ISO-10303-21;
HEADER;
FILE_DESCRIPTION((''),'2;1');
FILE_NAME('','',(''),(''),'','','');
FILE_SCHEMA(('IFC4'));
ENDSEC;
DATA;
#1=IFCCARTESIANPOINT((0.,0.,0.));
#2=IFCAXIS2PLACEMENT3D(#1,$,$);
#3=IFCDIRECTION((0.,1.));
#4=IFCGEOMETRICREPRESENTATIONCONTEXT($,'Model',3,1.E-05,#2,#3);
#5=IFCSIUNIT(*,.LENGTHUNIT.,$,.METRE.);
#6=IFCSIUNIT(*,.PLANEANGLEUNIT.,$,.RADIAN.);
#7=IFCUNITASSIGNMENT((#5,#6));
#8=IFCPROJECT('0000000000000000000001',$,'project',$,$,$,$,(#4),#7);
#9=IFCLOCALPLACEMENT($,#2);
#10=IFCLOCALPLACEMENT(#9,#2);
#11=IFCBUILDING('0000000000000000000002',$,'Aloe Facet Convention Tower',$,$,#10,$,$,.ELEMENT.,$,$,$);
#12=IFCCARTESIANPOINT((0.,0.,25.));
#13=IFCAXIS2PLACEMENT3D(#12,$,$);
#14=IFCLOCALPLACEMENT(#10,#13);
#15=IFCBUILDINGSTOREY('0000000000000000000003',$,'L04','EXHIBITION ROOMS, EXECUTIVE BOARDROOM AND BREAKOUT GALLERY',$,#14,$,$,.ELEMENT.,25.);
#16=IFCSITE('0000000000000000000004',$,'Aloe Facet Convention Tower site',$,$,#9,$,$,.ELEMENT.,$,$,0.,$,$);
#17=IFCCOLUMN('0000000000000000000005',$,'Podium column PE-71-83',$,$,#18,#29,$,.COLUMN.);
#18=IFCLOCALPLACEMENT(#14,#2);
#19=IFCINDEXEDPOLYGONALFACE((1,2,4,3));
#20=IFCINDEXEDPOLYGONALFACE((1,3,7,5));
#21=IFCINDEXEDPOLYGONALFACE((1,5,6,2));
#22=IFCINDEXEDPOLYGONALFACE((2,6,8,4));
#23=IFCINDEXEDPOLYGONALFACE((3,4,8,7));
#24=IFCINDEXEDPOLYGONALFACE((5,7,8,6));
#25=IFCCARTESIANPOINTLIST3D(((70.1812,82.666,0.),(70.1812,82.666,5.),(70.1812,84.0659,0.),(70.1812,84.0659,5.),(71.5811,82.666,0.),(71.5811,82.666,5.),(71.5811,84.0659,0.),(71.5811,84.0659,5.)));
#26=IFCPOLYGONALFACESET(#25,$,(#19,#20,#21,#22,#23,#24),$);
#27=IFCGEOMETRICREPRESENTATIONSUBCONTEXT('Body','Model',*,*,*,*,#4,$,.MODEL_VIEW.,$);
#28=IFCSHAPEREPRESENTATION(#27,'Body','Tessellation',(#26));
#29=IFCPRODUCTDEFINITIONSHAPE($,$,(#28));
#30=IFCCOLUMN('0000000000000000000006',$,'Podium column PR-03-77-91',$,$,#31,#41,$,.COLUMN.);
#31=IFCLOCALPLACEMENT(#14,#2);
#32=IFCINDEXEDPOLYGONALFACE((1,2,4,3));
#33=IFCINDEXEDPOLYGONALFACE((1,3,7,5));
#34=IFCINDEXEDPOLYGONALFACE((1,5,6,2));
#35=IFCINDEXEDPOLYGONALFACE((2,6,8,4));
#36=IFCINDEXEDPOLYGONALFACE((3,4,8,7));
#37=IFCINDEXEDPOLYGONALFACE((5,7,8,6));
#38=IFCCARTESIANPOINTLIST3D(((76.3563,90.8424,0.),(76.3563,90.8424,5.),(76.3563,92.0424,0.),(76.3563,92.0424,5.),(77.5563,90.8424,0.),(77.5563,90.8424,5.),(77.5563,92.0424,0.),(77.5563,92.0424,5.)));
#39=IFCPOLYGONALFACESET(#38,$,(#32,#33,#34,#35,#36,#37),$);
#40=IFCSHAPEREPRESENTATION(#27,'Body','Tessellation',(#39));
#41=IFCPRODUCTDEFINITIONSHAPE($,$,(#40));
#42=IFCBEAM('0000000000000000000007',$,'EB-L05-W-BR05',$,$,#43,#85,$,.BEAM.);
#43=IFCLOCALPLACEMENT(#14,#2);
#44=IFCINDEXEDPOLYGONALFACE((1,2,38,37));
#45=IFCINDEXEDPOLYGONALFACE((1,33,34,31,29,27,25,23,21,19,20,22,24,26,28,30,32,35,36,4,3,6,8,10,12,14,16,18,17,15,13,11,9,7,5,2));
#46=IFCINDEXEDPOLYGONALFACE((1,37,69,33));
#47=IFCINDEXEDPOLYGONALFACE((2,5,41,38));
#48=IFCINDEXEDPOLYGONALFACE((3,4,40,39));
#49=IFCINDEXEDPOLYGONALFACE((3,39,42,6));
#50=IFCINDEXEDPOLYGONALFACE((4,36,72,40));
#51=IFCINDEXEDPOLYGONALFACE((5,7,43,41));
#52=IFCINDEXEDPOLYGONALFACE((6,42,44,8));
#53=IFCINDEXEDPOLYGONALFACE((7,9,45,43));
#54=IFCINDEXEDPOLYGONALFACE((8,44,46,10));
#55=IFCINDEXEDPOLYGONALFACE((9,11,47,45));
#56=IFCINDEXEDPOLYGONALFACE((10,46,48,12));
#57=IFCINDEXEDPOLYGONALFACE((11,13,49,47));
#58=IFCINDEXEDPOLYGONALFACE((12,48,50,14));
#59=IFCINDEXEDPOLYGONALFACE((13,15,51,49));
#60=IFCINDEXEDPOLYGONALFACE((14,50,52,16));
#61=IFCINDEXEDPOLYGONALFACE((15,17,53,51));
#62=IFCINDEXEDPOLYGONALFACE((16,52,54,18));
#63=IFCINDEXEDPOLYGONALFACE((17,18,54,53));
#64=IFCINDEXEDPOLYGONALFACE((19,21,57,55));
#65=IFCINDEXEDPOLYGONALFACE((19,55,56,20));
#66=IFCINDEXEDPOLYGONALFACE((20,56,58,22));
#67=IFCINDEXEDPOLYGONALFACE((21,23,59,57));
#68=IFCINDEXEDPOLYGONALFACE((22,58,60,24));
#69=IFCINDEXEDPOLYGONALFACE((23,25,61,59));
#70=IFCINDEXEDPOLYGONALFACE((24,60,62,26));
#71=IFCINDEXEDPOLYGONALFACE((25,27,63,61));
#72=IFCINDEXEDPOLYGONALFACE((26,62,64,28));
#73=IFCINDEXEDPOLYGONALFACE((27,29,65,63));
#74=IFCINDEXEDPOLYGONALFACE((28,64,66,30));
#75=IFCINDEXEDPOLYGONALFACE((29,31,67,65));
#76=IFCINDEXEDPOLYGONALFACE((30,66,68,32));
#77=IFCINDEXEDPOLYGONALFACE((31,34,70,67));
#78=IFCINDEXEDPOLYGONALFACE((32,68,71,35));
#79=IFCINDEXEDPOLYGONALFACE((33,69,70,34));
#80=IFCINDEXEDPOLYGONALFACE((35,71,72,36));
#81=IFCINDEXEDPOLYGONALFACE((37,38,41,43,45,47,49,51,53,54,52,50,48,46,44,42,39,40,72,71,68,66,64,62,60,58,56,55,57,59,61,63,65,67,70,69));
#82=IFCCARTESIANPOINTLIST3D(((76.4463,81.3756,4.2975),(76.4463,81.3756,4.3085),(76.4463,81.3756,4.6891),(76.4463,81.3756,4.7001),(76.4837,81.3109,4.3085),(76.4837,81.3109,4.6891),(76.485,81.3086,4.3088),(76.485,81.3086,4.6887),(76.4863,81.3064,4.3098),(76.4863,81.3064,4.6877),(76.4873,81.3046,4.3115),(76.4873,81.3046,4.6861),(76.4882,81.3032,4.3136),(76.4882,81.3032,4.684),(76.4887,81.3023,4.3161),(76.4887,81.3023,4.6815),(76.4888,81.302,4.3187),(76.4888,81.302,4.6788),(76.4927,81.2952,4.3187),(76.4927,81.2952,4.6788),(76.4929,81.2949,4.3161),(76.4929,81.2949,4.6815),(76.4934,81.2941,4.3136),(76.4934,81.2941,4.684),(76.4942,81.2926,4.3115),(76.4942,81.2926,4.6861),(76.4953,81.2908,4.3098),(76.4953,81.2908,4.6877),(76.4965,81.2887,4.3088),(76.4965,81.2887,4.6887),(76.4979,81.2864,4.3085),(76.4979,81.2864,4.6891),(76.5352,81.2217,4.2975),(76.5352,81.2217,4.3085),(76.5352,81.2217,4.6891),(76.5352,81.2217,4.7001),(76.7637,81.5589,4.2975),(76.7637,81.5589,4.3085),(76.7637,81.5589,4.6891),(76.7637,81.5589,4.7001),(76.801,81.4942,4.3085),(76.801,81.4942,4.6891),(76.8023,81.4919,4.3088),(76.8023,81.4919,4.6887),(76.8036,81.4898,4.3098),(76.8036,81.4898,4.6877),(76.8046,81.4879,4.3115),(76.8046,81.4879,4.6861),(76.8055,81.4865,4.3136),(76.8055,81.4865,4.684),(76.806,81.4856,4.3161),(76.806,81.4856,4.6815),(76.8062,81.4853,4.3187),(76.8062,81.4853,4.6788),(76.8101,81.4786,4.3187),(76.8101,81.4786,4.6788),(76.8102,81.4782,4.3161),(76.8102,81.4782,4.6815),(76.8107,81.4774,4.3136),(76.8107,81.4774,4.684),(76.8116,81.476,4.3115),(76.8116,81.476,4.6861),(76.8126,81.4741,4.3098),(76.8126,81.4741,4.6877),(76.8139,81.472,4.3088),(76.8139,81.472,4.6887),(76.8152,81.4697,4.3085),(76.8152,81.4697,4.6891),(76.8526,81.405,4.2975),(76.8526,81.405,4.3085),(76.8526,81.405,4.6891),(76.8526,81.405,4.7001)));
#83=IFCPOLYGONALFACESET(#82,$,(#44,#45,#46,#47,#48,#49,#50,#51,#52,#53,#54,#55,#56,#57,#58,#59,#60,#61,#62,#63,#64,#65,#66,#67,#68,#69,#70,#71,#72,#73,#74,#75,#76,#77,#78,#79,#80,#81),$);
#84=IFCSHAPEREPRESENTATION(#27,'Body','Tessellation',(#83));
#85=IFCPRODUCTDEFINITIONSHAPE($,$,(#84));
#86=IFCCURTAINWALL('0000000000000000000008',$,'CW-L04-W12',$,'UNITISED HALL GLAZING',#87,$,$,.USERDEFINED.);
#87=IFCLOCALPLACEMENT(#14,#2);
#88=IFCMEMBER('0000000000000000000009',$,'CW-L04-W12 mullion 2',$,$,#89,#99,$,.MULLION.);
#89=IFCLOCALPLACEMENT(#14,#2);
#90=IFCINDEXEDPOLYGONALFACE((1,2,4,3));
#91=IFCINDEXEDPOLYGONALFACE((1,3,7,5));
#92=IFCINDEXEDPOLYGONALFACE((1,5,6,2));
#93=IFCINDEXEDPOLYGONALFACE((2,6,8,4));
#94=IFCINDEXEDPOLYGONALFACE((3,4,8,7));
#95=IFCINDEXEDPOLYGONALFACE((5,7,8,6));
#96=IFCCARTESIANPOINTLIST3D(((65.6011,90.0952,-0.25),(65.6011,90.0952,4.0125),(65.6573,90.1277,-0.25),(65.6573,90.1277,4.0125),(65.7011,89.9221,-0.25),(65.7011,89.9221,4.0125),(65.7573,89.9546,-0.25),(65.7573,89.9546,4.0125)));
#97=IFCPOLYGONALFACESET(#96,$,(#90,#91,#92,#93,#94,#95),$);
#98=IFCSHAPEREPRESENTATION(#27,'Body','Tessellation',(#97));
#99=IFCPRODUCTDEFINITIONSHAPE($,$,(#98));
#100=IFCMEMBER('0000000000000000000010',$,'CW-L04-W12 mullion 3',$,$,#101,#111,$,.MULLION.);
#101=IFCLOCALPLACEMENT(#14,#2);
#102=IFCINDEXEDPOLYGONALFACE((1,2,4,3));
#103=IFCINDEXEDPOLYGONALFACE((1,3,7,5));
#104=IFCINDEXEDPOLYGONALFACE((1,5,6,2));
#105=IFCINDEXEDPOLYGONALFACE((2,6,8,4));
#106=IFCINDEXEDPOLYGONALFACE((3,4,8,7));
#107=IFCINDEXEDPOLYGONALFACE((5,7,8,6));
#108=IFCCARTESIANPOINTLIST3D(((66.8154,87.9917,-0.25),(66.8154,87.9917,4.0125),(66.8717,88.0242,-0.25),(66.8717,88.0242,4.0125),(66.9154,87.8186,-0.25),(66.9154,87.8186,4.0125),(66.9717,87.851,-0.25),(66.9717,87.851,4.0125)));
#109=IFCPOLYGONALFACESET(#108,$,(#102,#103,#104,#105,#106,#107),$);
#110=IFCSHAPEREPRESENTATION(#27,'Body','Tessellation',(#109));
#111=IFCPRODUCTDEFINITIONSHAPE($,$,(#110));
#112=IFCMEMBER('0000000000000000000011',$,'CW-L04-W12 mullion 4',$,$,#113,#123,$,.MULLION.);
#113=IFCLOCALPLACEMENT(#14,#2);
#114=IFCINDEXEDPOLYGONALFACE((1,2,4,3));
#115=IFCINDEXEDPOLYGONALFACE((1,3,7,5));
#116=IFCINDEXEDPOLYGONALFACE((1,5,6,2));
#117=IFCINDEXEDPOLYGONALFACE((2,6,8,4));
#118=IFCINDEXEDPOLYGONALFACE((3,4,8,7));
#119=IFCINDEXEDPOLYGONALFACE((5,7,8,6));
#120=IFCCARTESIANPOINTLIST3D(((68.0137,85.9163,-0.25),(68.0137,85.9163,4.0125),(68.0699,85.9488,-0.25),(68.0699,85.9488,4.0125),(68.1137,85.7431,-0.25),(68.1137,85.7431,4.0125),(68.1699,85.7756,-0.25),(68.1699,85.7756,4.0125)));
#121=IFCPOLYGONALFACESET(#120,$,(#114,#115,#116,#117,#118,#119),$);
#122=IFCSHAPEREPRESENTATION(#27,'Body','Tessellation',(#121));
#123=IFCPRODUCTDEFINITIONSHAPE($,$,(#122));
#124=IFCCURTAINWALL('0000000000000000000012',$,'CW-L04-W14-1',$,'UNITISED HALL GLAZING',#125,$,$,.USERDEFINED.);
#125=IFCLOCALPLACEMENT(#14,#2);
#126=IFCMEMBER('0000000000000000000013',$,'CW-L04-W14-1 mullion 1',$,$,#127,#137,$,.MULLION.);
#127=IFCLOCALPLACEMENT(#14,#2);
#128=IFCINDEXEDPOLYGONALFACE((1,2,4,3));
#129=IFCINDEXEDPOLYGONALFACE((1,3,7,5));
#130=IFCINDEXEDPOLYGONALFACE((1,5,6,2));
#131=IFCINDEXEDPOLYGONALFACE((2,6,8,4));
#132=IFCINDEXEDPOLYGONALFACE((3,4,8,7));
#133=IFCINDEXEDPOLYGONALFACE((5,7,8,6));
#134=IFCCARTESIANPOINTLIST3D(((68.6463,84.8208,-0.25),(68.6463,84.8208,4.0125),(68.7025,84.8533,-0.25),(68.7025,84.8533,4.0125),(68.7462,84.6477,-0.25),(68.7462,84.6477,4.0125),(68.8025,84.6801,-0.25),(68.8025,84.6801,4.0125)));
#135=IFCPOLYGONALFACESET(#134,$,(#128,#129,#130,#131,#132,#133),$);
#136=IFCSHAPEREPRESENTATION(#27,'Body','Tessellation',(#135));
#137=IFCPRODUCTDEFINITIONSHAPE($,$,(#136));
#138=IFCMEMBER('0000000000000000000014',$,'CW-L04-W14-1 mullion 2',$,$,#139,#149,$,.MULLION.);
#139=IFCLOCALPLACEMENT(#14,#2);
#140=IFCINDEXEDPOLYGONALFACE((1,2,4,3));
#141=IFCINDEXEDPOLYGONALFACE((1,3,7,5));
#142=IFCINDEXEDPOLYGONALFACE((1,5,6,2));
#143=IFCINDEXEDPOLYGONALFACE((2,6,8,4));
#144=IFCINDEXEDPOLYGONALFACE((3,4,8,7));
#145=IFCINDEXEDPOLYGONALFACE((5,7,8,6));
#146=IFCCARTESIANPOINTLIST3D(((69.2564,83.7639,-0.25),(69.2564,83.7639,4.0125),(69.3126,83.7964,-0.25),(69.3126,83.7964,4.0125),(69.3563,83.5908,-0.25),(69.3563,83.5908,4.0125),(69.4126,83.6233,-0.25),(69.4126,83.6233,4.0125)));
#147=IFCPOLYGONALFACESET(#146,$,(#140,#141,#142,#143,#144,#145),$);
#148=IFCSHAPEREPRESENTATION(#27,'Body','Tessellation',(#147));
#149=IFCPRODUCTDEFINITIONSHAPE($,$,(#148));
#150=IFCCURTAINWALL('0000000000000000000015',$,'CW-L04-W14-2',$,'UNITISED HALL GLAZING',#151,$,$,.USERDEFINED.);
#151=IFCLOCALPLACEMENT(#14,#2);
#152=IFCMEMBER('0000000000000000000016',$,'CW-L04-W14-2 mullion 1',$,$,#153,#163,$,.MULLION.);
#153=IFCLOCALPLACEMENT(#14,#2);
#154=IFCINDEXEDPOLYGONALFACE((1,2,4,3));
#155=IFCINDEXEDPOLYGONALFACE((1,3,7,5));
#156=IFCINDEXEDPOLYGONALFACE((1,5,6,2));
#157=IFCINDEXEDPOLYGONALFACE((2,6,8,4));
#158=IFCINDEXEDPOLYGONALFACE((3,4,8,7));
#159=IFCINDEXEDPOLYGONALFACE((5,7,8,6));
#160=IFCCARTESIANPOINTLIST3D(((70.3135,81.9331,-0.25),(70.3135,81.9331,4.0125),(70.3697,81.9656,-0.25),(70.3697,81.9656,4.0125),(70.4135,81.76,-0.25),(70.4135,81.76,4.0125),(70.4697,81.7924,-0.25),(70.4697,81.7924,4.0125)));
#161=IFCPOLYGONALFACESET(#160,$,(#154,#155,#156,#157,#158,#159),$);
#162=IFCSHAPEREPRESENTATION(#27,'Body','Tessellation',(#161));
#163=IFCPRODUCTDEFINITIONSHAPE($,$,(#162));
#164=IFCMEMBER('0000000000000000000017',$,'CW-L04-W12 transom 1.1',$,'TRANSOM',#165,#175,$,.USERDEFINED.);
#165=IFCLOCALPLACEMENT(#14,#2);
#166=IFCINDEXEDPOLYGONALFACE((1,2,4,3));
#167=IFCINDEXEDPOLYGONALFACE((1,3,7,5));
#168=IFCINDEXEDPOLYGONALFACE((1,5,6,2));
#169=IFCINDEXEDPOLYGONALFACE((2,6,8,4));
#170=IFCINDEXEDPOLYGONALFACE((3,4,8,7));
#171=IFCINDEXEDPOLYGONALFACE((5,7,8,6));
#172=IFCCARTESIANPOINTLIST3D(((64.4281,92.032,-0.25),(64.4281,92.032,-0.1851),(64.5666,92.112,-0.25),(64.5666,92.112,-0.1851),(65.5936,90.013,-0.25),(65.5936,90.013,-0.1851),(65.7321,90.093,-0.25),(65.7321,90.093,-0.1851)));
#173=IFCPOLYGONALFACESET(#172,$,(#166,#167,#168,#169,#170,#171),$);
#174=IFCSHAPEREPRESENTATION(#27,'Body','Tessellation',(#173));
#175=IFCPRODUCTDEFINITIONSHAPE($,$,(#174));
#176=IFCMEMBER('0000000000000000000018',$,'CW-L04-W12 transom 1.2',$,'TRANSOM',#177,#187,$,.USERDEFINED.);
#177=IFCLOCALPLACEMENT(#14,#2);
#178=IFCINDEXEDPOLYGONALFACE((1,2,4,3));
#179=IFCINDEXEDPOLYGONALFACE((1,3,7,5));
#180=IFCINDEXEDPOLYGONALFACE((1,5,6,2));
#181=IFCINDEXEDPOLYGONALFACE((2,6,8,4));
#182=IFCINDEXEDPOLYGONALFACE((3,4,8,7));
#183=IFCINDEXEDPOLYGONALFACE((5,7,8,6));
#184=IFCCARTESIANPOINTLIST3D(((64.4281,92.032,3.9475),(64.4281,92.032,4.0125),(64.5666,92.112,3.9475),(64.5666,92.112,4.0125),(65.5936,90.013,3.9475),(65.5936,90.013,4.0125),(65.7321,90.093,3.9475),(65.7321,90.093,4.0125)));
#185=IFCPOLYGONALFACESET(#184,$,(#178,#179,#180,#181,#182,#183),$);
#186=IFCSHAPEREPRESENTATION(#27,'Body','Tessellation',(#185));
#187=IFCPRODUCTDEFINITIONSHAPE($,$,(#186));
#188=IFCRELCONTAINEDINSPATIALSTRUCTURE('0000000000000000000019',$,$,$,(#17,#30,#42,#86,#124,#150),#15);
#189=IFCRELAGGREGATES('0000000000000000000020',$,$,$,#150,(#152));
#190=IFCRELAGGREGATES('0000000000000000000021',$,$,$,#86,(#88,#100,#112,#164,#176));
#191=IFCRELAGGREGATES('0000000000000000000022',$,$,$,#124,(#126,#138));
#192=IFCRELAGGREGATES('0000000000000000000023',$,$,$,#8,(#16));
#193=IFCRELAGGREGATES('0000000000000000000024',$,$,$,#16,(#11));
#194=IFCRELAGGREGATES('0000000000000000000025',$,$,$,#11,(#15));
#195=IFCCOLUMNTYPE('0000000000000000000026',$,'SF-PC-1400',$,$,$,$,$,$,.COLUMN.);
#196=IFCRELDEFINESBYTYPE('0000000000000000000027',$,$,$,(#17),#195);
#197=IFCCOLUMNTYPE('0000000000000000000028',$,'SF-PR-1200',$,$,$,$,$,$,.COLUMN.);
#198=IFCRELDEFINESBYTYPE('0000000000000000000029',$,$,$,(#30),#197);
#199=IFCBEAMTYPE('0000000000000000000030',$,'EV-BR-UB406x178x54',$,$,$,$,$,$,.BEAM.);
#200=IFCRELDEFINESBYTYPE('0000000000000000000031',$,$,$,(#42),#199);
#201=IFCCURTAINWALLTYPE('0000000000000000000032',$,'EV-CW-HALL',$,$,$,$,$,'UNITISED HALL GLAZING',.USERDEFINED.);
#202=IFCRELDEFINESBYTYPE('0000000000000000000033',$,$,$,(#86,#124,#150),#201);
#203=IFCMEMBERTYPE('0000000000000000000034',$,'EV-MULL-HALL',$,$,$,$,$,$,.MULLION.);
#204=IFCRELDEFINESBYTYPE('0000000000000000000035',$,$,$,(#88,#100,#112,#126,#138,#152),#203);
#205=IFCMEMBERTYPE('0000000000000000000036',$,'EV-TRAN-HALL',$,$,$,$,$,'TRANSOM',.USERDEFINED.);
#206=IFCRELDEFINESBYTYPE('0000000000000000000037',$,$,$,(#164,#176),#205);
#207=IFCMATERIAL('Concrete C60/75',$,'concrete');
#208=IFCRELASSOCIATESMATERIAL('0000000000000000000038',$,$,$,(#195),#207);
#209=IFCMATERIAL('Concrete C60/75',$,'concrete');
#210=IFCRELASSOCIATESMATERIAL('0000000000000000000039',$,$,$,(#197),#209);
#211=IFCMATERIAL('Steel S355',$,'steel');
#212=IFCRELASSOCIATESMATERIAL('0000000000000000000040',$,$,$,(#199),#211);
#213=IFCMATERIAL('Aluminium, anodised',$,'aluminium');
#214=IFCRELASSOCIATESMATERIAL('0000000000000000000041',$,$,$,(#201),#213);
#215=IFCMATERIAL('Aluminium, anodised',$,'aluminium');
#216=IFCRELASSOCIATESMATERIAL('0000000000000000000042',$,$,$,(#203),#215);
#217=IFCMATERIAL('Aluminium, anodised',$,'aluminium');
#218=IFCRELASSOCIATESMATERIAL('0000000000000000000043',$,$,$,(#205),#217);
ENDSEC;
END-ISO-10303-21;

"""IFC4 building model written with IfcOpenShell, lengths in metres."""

from ifc_helpers import new_model, si_unit, direction, frame, origin, origin_2d, place, context, subcontext, project, spatial, rectangle, i_section, extrude, material, material_profile, profile_set, type_object, element, aggregate, save


model = new_model("IFC4")

# Units and contexts
model_context = context("Model", 3, precision=1e-05, world=origin(), true_north=direction((0.0, 1.0)))
body_context = subcontext(model_context, "Body", "Model", "MODEL_VIEW")
ifc_project = project(units=[si_unit("LENGTHUNIT", "METRE"), si_unit("PLANEANGLEUNIT", "RADIAN")], contexts=[model_context])

# Site, building, storey
site_placement = place(None, origin())
site = spatial("IfcSite", under=ifc_project, at=site_placement, Name="Aloe Facet Convention Tower site", CompositionType="ELEMENT", RefElevation=0.0)
building_placement = place(site_placement, origin())
building = spatial("IfcBuilding", under=site, at=building_placement, Name="Aloe Facet Convention Tower", CompositionType="ELEMENT")
storey_placement = place(building_placement, frame((0.0, 0.0, 25.0)))
storey = spatial("IfcBuildingStorey", under=building, at=storey_placement, Name="L04", Description="EXHIBITION ROOMS, EXECUTIVE BOARDROOM AND BREAKOUT GALLERY", CompositionType="ELEMENT", Elevation=25.0)

# Columns
ifc_material_1 = material(Name="Concrete C60/75", Category="concrete")
ifc_material_profile_1 = material_profile(ifc_material_1, rectangle(XDim=1.3999, YDim=1.3999, at=origin_2d()), Name="SF-PC-1400")
ifc_profile_set_1 = profile_set([ifc_material_profile_1], Name="Concrete C60/75")
column_type_1 = type_object("IfcColumnType", Name="SF-PC-1400", PredefinedType="COLUMN", material=ifc_profile_set_1)
column_1_placement = place(storey_placement, frame((70.8811, 83.366, 0.0), z_axis=(0.0, 0.0, 1.0), x_axis=(1.0, 0.0, 0.0)))
element("IfcColumn", 1, at=column_1_placement, inside=storey, type_object=column_type_1, Name="Podium column PE-71-83", PredefinedType="COLUMN", context=body_context, shape_type="SweptSolid", body=[
    extrude(rectangle(XDim=1.3999, YDim=1.3999, at=origin_2d()), origin(), (0.0, 0.0, 1.0), 5.0),
])
ifc_material_2 = material(Name="Concrete C60/75", Category="concrete")
ifc_material_profile_2 = material_profile(ifc_material_2, rectangle(XDim=1.2, YDim=1.2, at=origin_2d()), Name="SF-PR-1200")
ifc_profile_set_2 = profile_set([ifc_material_profile_2], Name="Concrete C60/75")
column_type_2 = type_object("IfcColumnType", Name="SF-PR-1200", PredefinedType="COLUMN", material=ifc_profile_set_2)
column_2_placement = place(storey_placement, frame((76.9563, 91.4424, 0.0), z_axis=(0.0, 0.0, 1.0), x_axis=(1.0, 0.0, 0.0)))
element("IfcColumn", 2, at=column_2_placement, inside=storey, type_object=column_type_2, Name="Podium column PR-03-77-91", PredefinedType="COLUMN", context=body_context, shape_type="SweptSolid", body=[
    extrude(rectangle(XDim=1.2, YDim=1.2, at=origin_2d()), origin(), (0.0, 0.0, 1.0), 5.0),
])

# Beam
ifc_material_3 = material(Name="Steel S355", Category="steel")
ifc_material_profile_3 = material_profile(ifc_material_3, i_section(OverallWidth=0.1777, OverallDepth=0.4026, WebThickness=0.0078, FlangeThickness=0.011, FilletRadius=0.0103, at=origin_2d()), Name="UB 406x178x54")
ifc_profile_set_3 = profile_set([ifc_material_profile_3], Name="Steel S355")
beam_type_1 = type_object("IfcBeamType", Name="EV-BR-UB406x178x54", PredefinedType="BEAM", material=ifc_profile_set_3)
beam_1_placement = place(storey_placement, frame((76.8081, 81.4819, 4.4988), z_axis=(-0.865897, -0.500222, 0.0), x_axis=(0.500222, -0.865897, 0.0)))
element("IfcBeam", 3, at=beam_1_placement, inside=storey, type_object=beam_type_1, Name="EB-L05-W-BR05", PredefinedType="BEAM", context=body_context, shape_type="SweptSolid", body=[
    extrude(i_section(OverallWidth=0.1777, OverallDepth=0.4026, WebThickness=0.0078, FlangeThickness=0.011, FilletRadius=0.0103, at=origin_2d()), origin(), (0.0, 0.0, 1.0), 0.3665),
])

# Curtain walls, members
ifc_material_4 = material(Name="Aluminium, anodised", Category="aluminium")
curtain_wall_type = type_object("IfcCurtainWallType", Name="EV-CW-HALL", ElementType="UNITISED HALL GLAZING", PredefinedType="USERDEFINED", material=ifc_material_4)
curtain_wall_1_placement = place(storey_placement, origin())
curtain_wall_1 = element("IfcCurtainWall", 4, at=curtain_wall_1_placement, inside=storey, type_object=curtain_wall_type, Name="CW-L04-W12", ObjectType="UNITISED HALL GLAZING", PredefinedType="USERDEFINED")
ifc_material_5 = material(Name="Aluminium, anodised", Category="aluminium")
ifc_material_profile_4 = material_profile(ifc_material_5, rectangle(XDim=0.0649, YDim=0.2, at=origin_2d()), Name="AL 65x200")
ifc_profile_set_4 = profile_set([ifc_material_profile_4], Name="Aluminium, anodised")
member_type_1 = type_object("IfcMemberType", Name="EV-MULL-HALL", PredefinedType="MULLION", material=ifc_profile_set_4)
member_1_placement = place(storey_placement, frame((65.6792, 90.0249, -0.25), z_axis=(0.0, 0.0, 1.0), x_axis=(0.866025, 0.5, 0.0)))
member_1 = element("IfcMember", 5, at=member_1_placement, type_object=member_type_1, Name="CW-L04-W12 mullion 2", PredefinedType="MULLION", context=body_context, shape_type="SweptSolid", body=[
    extrude(rectangle(XDim=0.0649, YDim=0.2, at=origin_2d()), origin(), (0.0, 0.0, 1.0), 4.2625),
])
member_2_placement = place(storey_placement, frame((66.8936, 87.9214, -0.25), z_axis=(0.0, 0.0, 1.0), x_axis=(0.866025, 0.5, 0.0)))
member_2 = element("IfcMember", 6, at=member_2_placement, type_object=member_type_1, Name="CW-L04-W12 mullion 3", PredefinedType="MULLION", context=body_context, shape_type="SweptSolid", body=[
    extrude(rectangle(XDim=0.0649, YDim=0.2, at=origin_2d()), origin(), (0.0, 0.0, 1.0), 4.2625),
])
member_3_placement = place(storey_placement, frame((68.0918, 85.8459, -0.25), z_axis=(0.0, 0.0, 1.0), x_axis=(0.866025, 0.5, 0.0)))
member_3 = element("IfcMember", 7, at=member_3_placement, type_object=member_type_1, Name="CW-L04-W12 mullion 4", PredefinedType="MULLION", context=body_context, shape_type="SweptSolid", body=[
    extrude(rectangle(XDim=0.0649, YDim=0.2, at=origin_2d()), origin(), (0.0, 0.0, 1.0), 4.2625),
])
curtain_wall_2_placement = place(storey_placement, origin())
curtain_wall_2 = element("IfcCurtainWall", 8, at=curtain_wall_2_placement, inside=storey, type_object=curtain_wall_type, Name="CW-L04-W14-1", ObjectType="UNITISED HALL GLAZING", PredefinedType="USERDEFINED")
member_4_placement = place(storey_placement, frame((68.7244, 84.7505, -0.25), z_axis=(0.0, 0.0, 1.0), x_axis=(0.866025, 0.5, 0.0)))
member_4 = element("IfcMember", 9, at=member_4_placement, type_object=member_type_1, Name="CW-L04-W14-1 mullion 1", PredefinedType="MULLION", context=body_context, shape_type="SweptSolid", body=[
    extrude(rectangle(XDim=0.0649, YDim=0.2, at=origin_2d()), origin(), (0.0, 0.0, 1.0), 4.2625),
])
member_5_placement = place(storey_placement, frame((69.3345, 83.6936, -0.25), z_axis=(0.0, 0.0, 1.0), x_axis=(0.866025, 0.5, 0.0)))
member_5 = element("IfcMember", 10, at=member_5_placement, type_object=member_type_1, Name="CW-L04-W14-1 mullion 2", PredefinedType="MULLION", context=body_context, shape_type="SweptSolid", body=[
    extrude(rectangle(XDim=0.0649, YDim=0.2, at=origin_2d()), origin(), (0.0, 0.0, 1.0), 4.2625),
])

# Curtain wall, member
curtain_wall_3_placement = place(storey_placement, origin())
curtain_wall_3 = element("IfcCurtainWall", 11, at=curtain_wall_3_placement, inside=storey, type_object=curtain_wall_type, Name="CW-L04-W14-2", ObjectType="UNITISED HALL GLAZING", PredefinedType="USERDEFINED")
member_6_placement = place(storey_placement, frame((70.3916, 81.8628, -0.25), z_axis=(0.0, 0.0, 1.0), x_axis=(0.866025, 0.5, 0.0)))
member_6 = element("IfcMember", 12, at=member_6_placement, type_object=member_type_1, Name="CW-L04-W14-2 mullion 1", PredefinedType="MULLION", context=body_context, shape_type="SweptSolid", body=[
    extrude(rectangle(XDim=0.0649, YDim=0.2, at=origin_2d()), origin(), (0.0, 0.0, 1.0), 4.2625),
])

# Members
ifc_material_6 = material(Name="Aluminium, anodised", Category="aluminium")
ifc_material_profile_5 = material_profile(ifc_material_6, rectangle(XDim=0.1599, YDim=0.0649, at=origin_2d()), Name="AL 160x65")
ifc_profile_set_5 = profile_set([ifc_material_profile_5], Name="Aluminium, anodised")
member_type_2 = type_object("IfcMemberType", Name="EV-TRAN-HALL", ElementType="TRANSOM", PredefinedType="USERDEFINED", material=ifc_profile_set_5)
member_7_placement = place(storey_placement, frame((64.4973, 92.072, -0.2175), z_axis=(0.499946, -0.866057, 0.0), x_axis=(0.866057, 0.499946, 0.0)))
member_7 = element("IfcMember", 13, at=member_7_placement, type_object=member_type_2, Name="CW-L04-W12 transom 1.1", ObjectType="TRANSOM", PredefinedType="USERDEFINED", context=body_context, shape_type="SweptSolid", body=[
    extrude(rectangle(XDim=0.1599, YDim=0.0649, at=origin_2d()), origin(), (0.0, 0.0, 1.0), 2.3313),
])
member_8_placement = place(storey_placement, frame((64.4973, 92.072, 3.98), z_axis=(0.499946, -0.866057, 0.0), x_axis=(0.866057, 0.499946, 0.0)))
member_8 = element("IfcMember", 14, at=member_8_placement, type_object=member_type_2, Name="CW-L04-W12 transom 1.2", ObjectType="TRANSOM", PredefinedType="USERDEFINED", context=body_context, shape_type="SweptSolid", body=[
    extrude(rectangle(XDim=0.1599, YDim=0.0649, at=origin_2d()), origin(), (0.0, 0.0, 1.0), 2.3313),
])
aggregate(curtain_wall_3, [member_6])

aggregate(curtain_wall_1, [member_1, member_2, member_3, member_7, member_8])
aggregate(curtain_wall_2, [member_4, member_5])

save(model, "model.ifc")
